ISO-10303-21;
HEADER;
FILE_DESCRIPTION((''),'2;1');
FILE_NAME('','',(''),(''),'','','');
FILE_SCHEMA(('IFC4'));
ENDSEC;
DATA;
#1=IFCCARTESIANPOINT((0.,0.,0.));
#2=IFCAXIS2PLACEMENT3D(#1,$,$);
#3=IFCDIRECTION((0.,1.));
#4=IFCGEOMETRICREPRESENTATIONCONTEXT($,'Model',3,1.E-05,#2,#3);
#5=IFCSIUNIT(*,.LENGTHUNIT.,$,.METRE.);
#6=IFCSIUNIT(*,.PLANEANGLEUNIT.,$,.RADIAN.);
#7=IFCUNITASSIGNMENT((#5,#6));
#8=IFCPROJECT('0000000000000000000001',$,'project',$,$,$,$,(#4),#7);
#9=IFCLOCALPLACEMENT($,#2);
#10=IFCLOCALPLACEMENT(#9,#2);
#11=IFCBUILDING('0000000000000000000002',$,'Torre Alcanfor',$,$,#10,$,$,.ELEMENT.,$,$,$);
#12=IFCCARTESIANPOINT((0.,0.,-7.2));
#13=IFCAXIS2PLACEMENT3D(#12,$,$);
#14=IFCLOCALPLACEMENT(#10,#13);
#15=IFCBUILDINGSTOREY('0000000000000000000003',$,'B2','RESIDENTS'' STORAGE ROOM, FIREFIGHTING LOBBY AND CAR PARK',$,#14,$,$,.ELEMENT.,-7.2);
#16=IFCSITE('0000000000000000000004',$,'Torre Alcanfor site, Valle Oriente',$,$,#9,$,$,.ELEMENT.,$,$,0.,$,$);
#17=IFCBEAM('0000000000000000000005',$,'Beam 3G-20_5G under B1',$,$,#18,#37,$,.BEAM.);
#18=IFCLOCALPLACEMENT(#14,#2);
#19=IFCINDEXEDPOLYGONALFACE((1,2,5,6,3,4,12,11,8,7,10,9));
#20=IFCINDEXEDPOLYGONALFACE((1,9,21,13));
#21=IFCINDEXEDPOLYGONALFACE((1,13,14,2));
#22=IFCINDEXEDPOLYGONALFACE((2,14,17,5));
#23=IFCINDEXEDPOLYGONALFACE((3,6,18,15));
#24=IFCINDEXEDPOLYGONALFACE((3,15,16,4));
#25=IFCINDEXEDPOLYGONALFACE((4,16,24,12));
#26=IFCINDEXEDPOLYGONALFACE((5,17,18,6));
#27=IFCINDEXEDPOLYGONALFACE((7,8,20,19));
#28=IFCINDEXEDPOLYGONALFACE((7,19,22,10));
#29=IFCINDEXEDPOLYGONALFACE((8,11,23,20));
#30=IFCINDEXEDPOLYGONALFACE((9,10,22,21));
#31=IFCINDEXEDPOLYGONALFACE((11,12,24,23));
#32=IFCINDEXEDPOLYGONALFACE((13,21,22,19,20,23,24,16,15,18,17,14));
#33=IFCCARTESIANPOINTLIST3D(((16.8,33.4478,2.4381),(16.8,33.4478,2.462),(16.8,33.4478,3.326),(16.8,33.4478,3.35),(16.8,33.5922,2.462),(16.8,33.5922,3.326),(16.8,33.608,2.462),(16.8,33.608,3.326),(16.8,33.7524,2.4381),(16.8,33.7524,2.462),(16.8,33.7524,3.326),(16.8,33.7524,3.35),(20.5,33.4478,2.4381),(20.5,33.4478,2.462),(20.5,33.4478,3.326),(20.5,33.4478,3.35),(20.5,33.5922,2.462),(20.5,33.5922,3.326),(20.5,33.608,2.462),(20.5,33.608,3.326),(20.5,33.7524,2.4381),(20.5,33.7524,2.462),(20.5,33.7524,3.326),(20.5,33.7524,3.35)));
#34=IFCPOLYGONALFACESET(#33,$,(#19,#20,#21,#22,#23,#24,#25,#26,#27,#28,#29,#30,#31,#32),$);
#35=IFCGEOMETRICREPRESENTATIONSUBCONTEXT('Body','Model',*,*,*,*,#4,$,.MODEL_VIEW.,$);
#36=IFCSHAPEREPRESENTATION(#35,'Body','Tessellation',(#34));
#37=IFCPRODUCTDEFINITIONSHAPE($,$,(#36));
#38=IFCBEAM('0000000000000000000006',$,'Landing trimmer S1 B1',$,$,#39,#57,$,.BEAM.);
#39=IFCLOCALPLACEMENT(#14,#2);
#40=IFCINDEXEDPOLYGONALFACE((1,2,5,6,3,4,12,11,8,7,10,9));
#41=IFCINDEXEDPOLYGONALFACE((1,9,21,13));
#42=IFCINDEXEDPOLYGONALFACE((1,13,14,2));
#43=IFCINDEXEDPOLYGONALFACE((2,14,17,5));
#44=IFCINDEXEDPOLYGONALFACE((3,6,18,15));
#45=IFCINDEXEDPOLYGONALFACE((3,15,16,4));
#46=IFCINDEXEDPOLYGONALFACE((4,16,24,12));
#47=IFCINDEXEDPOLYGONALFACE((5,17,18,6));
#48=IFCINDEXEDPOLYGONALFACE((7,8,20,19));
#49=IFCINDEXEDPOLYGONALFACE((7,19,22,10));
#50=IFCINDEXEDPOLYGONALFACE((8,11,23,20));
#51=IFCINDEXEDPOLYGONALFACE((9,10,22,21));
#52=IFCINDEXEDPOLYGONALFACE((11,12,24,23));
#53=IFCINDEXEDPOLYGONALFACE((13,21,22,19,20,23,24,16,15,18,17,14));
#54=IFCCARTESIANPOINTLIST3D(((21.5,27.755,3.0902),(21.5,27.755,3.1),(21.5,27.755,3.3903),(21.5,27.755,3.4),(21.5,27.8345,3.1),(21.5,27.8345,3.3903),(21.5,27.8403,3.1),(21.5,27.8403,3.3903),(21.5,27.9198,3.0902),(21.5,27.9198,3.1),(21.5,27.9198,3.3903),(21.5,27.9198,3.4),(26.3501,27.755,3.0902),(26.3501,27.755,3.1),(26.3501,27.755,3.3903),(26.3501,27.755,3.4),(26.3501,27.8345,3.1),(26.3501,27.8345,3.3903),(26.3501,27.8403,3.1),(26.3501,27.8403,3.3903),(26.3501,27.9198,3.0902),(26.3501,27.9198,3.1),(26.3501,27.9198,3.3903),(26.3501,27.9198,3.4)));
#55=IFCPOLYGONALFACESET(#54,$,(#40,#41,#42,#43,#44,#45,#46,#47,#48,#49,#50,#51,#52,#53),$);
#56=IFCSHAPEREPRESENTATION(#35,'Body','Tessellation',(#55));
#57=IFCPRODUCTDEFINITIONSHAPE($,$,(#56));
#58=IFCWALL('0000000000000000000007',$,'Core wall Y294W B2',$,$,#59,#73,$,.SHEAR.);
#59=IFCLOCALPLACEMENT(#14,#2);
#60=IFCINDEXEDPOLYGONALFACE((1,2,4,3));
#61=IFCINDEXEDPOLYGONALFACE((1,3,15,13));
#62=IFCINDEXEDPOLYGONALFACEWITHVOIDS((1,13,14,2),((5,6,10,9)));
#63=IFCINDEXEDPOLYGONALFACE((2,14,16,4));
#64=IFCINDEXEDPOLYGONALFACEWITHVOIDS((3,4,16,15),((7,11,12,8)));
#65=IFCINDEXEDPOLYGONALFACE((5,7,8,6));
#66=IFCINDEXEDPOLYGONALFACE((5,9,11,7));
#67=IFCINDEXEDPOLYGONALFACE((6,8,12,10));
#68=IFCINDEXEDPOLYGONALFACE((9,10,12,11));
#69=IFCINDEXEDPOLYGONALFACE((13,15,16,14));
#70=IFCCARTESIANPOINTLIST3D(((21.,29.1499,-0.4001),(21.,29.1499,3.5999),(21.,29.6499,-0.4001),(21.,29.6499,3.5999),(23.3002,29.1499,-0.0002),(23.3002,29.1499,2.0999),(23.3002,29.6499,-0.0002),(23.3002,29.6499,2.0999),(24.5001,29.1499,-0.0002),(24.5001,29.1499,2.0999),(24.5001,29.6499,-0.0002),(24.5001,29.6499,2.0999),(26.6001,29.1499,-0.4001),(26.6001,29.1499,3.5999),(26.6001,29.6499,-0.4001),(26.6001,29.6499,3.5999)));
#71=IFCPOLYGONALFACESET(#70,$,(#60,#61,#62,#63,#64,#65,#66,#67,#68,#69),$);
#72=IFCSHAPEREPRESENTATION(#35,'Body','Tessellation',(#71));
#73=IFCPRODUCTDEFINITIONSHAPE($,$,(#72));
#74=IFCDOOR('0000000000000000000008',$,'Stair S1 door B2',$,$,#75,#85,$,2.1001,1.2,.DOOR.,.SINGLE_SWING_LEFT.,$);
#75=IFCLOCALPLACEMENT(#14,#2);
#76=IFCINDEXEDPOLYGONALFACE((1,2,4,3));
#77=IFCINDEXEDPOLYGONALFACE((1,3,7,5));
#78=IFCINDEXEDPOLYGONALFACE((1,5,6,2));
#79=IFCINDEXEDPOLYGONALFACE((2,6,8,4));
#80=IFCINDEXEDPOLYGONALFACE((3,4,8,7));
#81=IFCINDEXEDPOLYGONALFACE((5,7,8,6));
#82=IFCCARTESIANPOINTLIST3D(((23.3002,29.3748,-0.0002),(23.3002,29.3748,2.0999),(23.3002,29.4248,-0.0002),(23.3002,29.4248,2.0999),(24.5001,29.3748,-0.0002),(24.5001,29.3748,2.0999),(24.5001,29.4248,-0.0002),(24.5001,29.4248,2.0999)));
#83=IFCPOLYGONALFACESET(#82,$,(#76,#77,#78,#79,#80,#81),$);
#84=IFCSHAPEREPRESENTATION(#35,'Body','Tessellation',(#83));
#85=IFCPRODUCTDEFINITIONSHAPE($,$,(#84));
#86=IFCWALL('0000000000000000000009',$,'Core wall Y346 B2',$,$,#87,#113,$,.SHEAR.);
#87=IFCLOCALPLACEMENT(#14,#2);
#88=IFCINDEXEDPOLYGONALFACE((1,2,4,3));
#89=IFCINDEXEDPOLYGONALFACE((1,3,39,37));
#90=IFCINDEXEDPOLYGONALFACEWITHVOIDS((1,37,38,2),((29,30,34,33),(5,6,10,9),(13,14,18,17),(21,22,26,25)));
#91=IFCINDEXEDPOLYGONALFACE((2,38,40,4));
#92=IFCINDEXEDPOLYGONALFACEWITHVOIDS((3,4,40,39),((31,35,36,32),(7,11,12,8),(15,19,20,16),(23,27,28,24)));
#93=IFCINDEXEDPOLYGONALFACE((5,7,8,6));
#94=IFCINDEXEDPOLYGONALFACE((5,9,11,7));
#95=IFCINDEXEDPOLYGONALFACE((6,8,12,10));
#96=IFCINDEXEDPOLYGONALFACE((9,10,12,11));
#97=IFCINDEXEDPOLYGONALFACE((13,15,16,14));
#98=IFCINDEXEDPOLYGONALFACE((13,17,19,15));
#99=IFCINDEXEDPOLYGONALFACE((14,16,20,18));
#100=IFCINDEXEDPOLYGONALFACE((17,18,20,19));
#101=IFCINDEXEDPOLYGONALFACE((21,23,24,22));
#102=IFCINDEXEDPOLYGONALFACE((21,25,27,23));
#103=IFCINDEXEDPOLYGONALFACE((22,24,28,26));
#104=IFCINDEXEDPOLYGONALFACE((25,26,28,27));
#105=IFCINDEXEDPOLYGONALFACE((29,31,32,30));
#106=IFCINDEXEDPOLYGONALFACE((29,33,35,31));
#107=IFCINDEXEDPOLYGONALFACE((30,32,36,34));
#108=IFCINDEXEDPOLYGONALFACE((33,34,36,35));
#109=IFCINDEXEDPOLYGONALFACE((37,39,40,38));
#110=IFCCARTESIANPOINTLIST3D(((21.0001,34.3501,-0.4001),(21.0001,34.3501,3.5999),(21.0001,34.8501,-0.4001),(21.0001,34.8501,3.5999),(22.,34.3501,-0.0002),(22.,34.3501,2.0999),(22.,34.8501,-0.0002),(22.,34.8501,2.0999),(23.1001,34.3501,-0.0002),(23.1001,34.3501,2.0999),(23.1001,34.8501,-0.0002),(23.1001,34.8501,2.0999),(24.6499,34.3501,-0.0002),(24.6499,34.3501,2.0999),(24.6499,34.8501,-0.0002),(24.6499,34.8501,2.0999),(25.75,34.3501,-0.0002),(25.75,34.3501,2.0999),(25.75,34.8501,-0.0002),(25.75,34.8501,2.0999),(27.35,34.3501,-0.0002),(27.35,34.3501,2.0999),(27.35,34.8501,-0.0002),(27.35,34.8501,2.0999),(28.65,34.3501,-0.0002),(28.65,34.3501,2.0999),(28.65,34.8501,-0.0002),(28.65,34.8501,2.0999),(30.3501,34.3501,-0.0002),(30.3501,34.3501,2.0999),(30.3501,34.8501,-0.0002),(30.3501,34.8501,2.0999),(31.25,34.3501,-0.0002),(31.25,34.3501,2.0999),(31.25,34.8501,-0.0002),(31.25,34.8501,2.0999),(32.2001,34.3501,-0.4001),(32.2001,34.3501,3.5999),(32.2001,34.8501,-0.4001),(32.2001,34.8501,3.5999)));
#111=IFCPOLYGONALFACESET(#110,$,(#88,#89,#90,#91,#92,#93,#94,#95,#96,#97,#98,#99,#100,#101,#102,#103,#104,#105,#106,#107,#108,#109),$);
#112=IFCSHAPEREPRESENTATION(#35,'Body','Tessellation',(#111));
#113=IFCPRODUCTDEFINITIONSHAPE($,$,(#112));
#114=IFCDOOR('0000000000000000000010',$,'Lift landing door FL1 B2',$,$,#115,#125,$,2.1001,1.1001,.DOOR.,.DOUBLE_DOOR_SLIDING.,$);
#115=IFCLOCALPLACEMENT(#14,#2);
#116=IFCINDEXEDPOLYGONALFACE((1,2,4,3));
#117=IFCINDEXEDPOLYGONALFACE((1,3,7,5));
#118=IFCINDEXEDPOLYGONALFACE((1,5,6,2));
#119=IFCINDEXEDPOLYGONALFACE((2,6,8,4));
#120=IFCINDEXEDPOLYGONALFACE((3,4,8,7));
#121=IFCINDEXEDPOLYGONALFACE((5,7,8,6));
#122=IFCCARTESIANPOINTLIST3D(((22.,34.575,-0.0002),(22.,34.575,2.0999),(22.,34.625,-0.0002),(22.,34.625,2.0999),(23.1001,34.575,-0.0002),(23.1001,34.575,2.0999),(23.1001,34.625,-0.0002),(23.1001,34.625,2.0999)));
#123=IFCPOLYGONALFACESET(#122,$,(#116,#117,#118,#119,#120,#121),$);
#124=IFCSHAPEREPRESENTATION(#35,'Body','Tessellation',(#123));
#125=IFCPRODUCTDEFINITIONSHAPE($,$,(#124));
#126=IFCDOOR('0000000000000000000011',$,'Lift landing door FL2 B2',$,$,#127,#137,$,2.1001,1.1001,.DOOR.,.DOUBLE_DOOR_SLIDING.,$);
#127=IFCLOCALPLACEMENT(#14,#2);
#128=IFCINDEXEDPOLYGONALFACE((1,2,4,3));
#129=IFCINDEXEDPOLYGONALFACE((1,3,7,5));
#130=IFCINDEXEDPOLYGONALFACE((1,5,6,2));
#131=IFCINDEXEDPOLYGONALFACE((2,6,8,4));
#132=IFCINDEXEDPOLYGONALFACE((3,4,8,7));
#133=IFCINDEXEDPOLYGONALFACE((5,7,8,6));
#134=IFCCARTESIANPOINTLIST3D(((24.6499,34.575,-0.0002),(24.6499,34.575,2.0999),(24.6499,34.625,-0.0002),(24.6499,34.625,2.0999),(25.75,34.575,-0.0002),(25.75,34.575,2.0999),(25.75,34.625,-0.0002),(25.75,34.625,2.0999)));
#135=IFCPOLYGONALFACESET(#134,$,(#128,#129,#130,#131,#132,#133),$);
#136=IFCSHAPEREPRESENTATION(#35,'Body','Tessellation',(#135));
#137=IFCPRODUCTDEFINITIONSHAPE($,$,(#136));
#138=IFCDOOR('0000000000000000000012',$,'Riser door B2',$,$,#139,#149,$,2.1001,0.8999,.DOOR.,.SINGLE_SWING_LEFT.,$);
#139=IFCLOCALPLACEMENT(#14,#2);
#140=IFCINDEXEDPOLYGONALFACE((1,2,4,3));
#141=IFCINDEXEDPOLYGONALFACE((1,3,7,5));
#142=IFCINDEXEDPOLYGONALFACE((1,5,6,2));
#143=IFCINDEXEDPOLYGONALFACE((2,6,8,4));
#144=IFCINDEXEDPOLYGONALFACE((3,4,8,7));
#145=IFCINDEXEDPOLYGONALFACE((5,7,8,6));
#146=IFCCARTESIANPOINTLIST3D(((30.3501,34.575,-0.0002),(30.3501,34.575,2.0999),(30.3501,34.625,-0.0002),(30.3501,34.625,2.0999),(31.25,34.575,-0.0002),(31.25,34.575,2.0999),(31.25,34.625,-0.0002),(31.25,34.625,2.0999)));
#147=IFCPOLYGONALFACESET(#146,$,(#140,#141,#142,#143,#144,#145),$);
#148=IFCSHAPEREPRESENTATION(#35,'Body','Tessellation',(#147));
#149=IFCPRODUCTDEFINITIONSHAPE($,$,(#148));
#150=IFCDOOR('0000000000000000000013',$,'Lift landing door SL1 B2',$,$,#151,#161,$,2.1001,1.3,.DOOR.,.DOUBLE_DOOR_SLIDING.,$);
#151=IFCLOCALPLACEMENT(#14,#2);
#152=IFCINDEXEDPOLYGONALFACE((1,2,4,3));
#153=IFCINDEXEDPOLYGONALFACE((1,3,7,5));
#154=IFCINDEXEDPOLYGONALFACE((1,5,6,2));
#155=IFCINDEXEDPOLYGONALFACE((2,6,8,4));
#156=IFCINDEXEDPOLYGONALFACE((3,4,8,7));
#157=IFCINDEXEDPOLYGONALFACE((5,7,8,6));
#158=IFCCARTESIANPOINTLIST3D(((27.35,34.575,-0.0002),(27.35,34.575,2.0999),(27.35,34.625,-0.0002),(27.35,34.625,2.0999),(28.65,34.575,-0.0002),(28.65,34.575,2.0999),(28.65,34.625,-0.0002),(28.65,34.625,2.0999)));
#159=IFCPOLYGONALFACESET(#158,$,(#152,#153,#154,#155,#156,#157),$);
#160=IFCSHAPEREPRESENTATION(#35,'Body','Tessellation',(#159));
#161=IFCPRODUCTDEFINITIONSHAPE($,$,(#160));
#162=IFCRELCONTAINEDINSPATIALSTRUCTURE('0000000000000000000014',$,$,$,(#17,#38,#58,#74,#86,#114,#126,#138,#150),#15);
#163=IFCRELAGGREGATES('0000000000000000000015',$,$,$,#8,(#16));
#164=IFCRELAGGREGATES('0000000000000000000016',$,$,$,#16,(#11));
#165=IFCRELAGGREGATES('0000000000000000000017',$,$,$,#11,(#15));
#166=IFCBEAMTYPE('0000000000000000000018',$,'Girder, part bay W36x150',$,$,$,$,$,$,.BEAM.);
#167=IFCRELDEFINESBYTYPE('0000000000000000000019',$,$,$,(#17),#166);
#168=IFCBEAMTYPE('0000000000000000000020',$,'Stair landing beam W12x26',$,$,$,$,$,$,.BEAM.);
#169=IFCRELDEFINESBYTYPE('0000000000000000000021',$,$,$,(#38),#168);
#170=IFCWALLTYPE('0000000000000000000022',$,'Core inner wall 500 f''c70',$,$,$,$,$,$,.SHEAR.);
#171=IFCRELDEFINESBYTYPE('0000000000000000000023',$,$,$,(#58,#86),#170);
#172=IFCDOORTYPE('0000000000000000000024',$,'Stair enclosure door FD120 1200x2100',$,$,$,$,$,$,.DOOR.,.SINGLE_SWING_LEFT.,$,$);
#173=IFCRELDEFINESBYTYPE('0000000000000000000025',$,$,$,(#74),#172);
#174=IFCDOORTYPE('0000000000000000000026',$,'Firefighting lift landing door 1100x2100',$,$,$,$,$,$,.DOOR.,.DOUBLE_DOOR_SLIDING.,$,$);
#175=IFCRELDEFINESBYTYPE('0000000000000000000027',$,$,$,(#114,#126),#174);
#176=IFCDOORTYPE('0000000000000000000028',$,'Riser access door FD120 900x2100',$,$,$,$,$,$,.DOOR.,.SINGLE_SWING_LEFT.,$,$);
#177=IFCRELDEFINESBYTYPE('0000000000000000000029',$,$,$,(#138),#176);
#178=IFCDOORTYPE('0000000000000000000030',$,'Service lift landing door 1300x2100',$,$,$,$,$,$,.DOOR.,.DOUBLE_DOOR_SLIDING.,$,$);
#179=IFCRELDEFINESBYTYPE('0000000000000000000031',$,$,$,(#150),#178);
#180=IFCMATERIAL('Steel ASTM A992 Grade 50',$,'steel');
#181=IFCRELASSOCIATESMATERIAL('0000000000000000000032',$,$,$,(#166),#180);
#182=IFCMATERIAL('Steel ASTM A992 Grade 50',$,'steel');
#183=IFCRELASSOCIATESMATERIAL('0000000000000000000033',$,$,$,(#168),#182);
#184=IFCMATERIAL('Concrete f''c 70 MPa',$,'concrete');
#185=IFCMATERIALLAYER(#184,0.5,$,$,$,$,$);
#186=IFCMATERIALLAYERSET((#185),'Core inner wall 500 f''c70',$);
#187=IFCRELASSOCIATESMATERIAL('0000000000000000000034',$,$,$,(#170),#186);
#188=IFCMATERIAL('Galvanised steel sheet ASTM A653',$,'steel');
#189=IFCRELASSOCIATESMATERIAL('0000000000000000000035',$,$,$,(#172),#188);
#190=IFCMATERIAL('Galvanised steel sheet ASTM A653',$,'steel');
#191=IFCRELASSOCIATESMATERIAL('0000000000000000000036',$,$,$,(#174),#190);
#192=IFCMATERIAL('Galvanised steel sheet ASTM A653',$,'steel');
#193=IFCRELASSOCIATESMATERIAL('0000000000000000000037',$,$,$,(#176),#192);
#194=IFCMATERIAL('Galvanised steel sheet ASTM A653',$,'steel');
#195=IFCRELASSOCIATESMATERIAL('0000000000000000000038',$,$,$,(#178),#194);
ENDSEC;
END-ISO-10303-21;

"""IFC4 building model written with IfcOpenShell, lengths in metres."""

from ifc_helpers import new_model, si_unit, direction, frame, frame_2d, origin, origin_2d, place, context, subcontext, project, spatial, rectangle, i_section, extrude, material, layer, layer_set, material_profile, profile_set, type_object, element, fill, save


model = new_model("IFC4")

# Units and contexts
model_context = context("Model", 3, precision=1e-05, world=origin(), true_north=direction((0.0, 1.0)))
body_context = subcontext(model_context, "Body", "Model", "MODEL_VIEW")
ifc_project = project(units=[si_unit("LENGTHUNIT", "METRE"), si_unit("PLANEANGLEUNIT", "RADIAN")], contexts=[model_context])

# Site, building, storey
site_placement = place(None, origin())
site = spatial("IfcSite", under=ifc_project, at=site_placement, Name="Torre Alcanfor site, Valle Oriente", CompositionType="ELEMENT", RefElevation=0.0)
building_placement = place(site_placement, origin())
building = spatial("IfcBuilding", under=site, at=building_placement, Name="Torre Alcanfor", CompositionType="ELEMENT")
storey_placement = place(building_placement, frame((0.0, 0.0, -7.2)))
storey = spatial("IfcBuildingStorey", under=building, at=storey_placement, Name="B2", Description="RESIDENTS' STORAGE ROOM, FIREFIGHTING LOBBY AND CAR PARK", CompositionType="ELEMENT", Elevation=-7.2)

# Beams
ifc_material_1 = material(Name="Steel ASTM A992 Grade 50", Category="steel")
ifc_material_profile_1 = material_profile(ifc_material_1, i_section(OverallWidth=0.3047, OverallDepth=0.9119, WebThickness=0.0159, FlangeThickness=0.0239, at=origin_2d()), Name="W36x150")
ifc_profile_set_1 = profile_set([ifc_material_profile_1], Name="Steel ASTM A992 Grade 50")
beam_type_1 = type_object("IfcBeamType", Name="Girder, part bay W36x150", PredefinedType="BEAM", material=ifc_profile_set_1)
beam_1_placement = place(storey_placement, frame((16.8, 33.6001, 2.894), z_axis=(1.0, 0.0, 0.0), x_axis=(0.0, 1.0, 0.0)))
element("IfcBeam", 1, at=beam_1_placement, inside=storey, type_object=beam_type_1, Name="Beam 3G-20_5G under B1", PredefinedType="BEAM", context=body_context, shape_type="SweptSolid", body=[
    extrude(i_section(OverallWidth=0.3047, OverallDepth=0.9119, WebThickness=0.0159, FlangeThickness=0.0239, at=origin_2d()), origin(), (0.0, 0.0, 1.0), 3.7),
])
ifc_material_2 = material(Name="Steel ASTM A992 Grade 50", Category="steel")
ifc_material_profile_2 = material_profile(ifc_material_2, i_section(OverallWidth=0.1648, OverallDepth=0.3098, WebThickness=0.0059, FlangeThickness=0.0098, at=origin_2d()), Name="W12x26")
ifc_profile_set_2 = profile_set([ifc_material_profile_2], Name="Steel ASTM A992 Grade 50")
beam_type_2 = type_object("IfcBeamType", Name="Stair landing beam W12x26", PredefinedType="BEAM", material=ifc_profile_set_2)
beam_2_placement = place(storey_placement, frame((21.5, 27.8374, 3.2451), z_axis=(1.0, 0.0, 0.0), x_axis=(0.0, 1.0, 0.0)))
element("IfcBeam", 2, at=beam_2_placement, inside=storey, type_object=beam_type_2, Name="Landing trimmer S1 B1", PredefinedType="BEAM", context=body_context, shape_type="SweptSolid", body=[
    extrude(i_section(OverallWidth=0.1648, OverallDepth=0.3098, WebThickness=0.0059, FlangeThickness=0.0098, at=origin_2d()), origin(), (0.0, 0.0, 1.0), 4.8501),
])

# Wall, opening, door
ifc_material_3 = material(Name="Concrete f'c 70 MPa", Category="concrete")
ifc_layer = layer(ifc_material_3, 0.5)
ifc_layer_set = layer_set([ifc_layer], Name="Core inner wall 500 f'c70")
wall_type = type_object("IfcWallType", Name="Core inner wall 500 f'c70", PredefinedType="SHEAR", material=ifc_layer_set)
wall_1_placement = place(storey_placement, frame((21.0, 29.3999, -0.4001), z_axis=(0.0, 0.0, 1.0), x_axis=(1.0, 0.0, 0.0)))
wall_1 = element("IfcWall", 3, at=wall_1_placement, inside=storey, type_object=wall_type, Name="Core wall Y294W B2", PredefinedType="SHEAR", context=body_context, shape_type="SweptSolid", body=[
    extrude(rectangle(XDim=5.6001, YDim=0.5, at=frame_2d((2.8, 0.0))), origin(), (0.0, 0.0, 1.0), 4.0),
])
opening_1_placement = place(wall_1_placement, frame((2.3, 0.0, 0.3999)))
opening_1 = element("IfcOpeningElement", 4, at=opening_1_placement, cuts=wall_1, PredefinedType="OPENING", context=body_context, shape_type="SweptSolid", body=[
    extrude(rectangle(XDim=1.2, YDim=2.1001, at=frame_2d((0.6001, 1.05))), frame((0.0, 0.26, 0.0), z_axis=(0.0, -1.0, 0.0), x_axis=(1.0, 0.0, 0.0)), (0.0, 0.0, 1.0), 0.52),
])
ifc_material_4 = material(Name="Galvanised steel sheet ASTM A653", Category="steel")
door_type_1 = type_object("IfcDoorType", Name="Stair enclosure door FD120 1200x2100", OperationType="SINGLE_SWING_LEFT", PredefinedType="DOOR", material=ifc_material_4)
door_1_placement = place(opening_1_placement, frame((1.2, 0.0, 0.0), z_axis=(0.0, 0.0, 1.0), x_axis=(-1.0, 0.0, 0.0)))
door_1 = element("IfcDoor", 5, at=door_1_placement, inside=storey, type_object=door_type_1, Name="Stair S1 door B2", OperationType="SINGLE_SWING_LEFT", OverallHeight=2.1001, OverallWidth=1.2, PredefinedType="DOOR", context=body_context, shape_type="SweptSolid", body=[
    extrude(rectangle(XDim=1.2, YDim=2.1001, at=frame_2d((0.5999, 1.05))), frame((0.0, 0.0251, 0.0), z_axis=(0.0, -1.0, 0.0), x_axis=(1.0, 0.0, 0.0)), (0.0, 0.0, 1.0), 0.05),
])
fill(opening_1, door_1)

# Wall, openings, doors
wall_2_placement = place(storey_placement, frame((21.0, 34.6001, -0.4001), z_axis=(0.0, 0.0, 1.0), x_axis=(1.0, 0.0, 0.0)))
wall_2 = element("IfcWall", 6, at=wall_2_placement, inside=storey, type_object=wall_type, Name="Core wall Y346 B2", PredefinedType="SHEAR", context=body_context, shape_type="SweptSolid", body=[
    extrude(rectangle(XDim=11.2, YDim=0.5, at=frame_2d((5.6001, 0.0))), origin(), (0.0, 0.0, 1.0), 4.0),
])
opening_2_placement = place(wall_2_placement, frame((9.3501, 0.0, 0.3999)))
opening_2 = element("IfcOpeningElement", 7, at=opening_2_placement, cuts=wall_2, PredefinedType="OPENING", context=body_context, shape_type="SweptSolid", body=[
    extrude(rectangle(XDim=0.8999, YDim=2.1001, at=frame_2d((0.45, 1.05))), frame((0.0, 0.26, 0.0), z_axis=(0.0, -1.0, 0.0), x_axis=(1.0, 0.0, 0.0)), (0.0, 0.0, 1.0), 0.52),
])
opening_3_placement = place(wall_2_placement, frame((1.0, 0.0, 0.3999)))
opening_3 = element("IfcOpeningElement", 8, at=opening_3_placement, cuts=wall_2, PredefinedType="OPENING", context=body_context, shape_type="SweptSolid", body=[
    extrude(rectangle(XDim=1.1001, YDim=2.1001, at=frame_2d((0.55, 1.05))), frame((0.0, 0.26, 0.0), z_axis=(0.0, -1.0, 0.0), x_axis=(1.0, 0.0, 0.0)), (0.0, 0.0, 1.0), 0.52),
])
opening_4_placement = place(wall_2_placement, frame((3.6499, 0.0, 0.3999)))
opening_4 = element("IfcOpeningElement", 9, at=opening_4_placement, cuts=wall_2, PredefinedType="OPENING", context=body_context, shape_type="SweptSolid", body=[
    extrude(rectangle(XDim=1.1001, YDim=2.1001, at=frame_2d((0.55, 1.05))), frame((0.0, 0.26, 0.0), z_axis=(0.0, -1.0, 0.0), x_axis=(1.0, 0.0, 0.0)), (0.0, 0.0, 1.0), 0.52),
])
opening_5_placement = place(wall_2_placement, frame((6.3501, 0.0, 0.3999)))
opening_5 = element("IfcOpeningElement", 10, at=opening_5_placement, cuts=wall_2, PredefinedType="OPENING", context=body_context, shape_type="SweptSolid", body=[
    extrude(rectangle(XDim=1.3, YDim=2.1001, at=frame_2d((0.6499, 1.05))), frame((0.0, 0.26, 0.0), z_axis=(0.0, -1.0, 0.0), x_axis=(1.0, 0.0, 0.0)), (0.0, 0.0, 1.0), 0.52),
])
ifc_material_5 = material(Name="Galvanised steel sheet ASTM A653", Category="steel")
door_type_2 = type_object("IfcDoorType", Name="Firefighting lift landing door 1100x2100", OperationType="DOUBLE_DOOR_SLIDING", PredefinedType="DOOR", material=ifc_material_5)
door_2_placement = place(opening_3_placement, origin())
door_2 = element("IfcDoor", 11, at=door_2_placement, inside=storey, type_object=door_type_2, Name="Lift landing door FL1 B2", OperationType="DOUBLE_DOOR_SLIDING", OverallHeight=2.1001, OverallWidth=1.1001, PredefinedType="DOOR", context=body_context, shape_type="SweptSolid", body=[
    extrude(rectangle(XDim=1.1001, YDim=2.1001, at=frame_2d((0.55, 1.05))), frame((0.0, 0.0249, 0.0), z_axis=(0.0, -1.0, 0.0), x_axis=(1.0, 0.0, 0.0)), (0.0, 0.0, 1.0), 0.05),
])
fill(opening_3, door_2)
door_3_placement = place(opening_4_placement, origin())
door_3 = element("IfcDoor", 12, at=door_3_placement, inside=storey, type_object=door_type_2, Name="Lift landing door FL2 B2", OperationType="DOUBLE_DOOR_SLIDING", OverallHeight=2.1001, OverallWidth=1.1001, PredefinedType="DOOR", context=body_context, shape_type="SweptSolid", body=[
    extrude(rectangle(XDim=1.1001, YDim=2.1001, at=frame_2d((0.55, 1.05))), frame((0.0, 0.0249, 0.0), z_axis=(0.0, -1.0, 0.0), x_axis=(1.0, 0.0, 0.0)), (0.0, 0.0, 1.0), 0.05),
])
fill(opening_4, door_3)
ifc_material_6 = material(Name="Galvanised steel sheet ASTM A653", Category="steel")
door_type_3 = type_object("IfcDoorType", Name="Riser access door FD120 900x2100", OperationType="SINGLE_SWING_LEFT", PredefinedType="DOOR", material=ifc_material_6)
door_4_placement = place(opening_2_placement, origin())
door_4 = element("IfcDoor", 13, at=door_4_placement, inside=storey, type_object=door_type_3, Name="Riser door B2", OperationType="SINGLE_SWING_LEFT", OverallHeight=2.1001, OverallWidth=0.8999, PredefinedType="DOOR", context=body_context, shape_type="SweptSolid", body=[
    extrude(rectangle(XDim=0.8999, YDim=2.1001, at=frame_2d((0.45, 1.05))), frame((0.0, 0.0249, 0.0), z_axis=(0.0, -1.0, 0.0), x_axis=(1.0, 0.0, 0.0)), (0.0, 0.0, 1.0), 0.05),
])
fill(opening_2, door_4)
ifc_material_7 = material(Name="Galvanised steel sheet ASTM A653", Category="steel")
door_type_4 = type_object("IfcDoorType", Name="Service lift landing door 1300x2100", OperationType="DOUBLE_DOOR_SLIDING", PredefinedType="DOOR", material=ifc_material_7)
door_5_placement = place(opening_5_placement, origin())
door_5 = element("IfcDoor", 14, at=door_5_placement, inside=storey, type_object=door_type_4, Name="Lift landing door SL1 B2", OperationType="DOUBLE_DOOR_SLIDING", OverallHeight=2.1001, OverallWidth=1.3, PredefinedType="DOOR", context=body_context, shape_type="SweptSolid", body=[
    extrude(rectangle(XDim=1.3, YDim=2.1001, at=frame_2d((0.6499, 1.05))), frame((0.0, 0.0249, 0.0), z_axis=(0.0, -1.0, 0.0), x_axis=(1.0, 0.0, 0.0)), (0.0, 0.0, 1.0), 0.05),
])
fill(opening_5, door_5)

save(model, "model.ifc")
